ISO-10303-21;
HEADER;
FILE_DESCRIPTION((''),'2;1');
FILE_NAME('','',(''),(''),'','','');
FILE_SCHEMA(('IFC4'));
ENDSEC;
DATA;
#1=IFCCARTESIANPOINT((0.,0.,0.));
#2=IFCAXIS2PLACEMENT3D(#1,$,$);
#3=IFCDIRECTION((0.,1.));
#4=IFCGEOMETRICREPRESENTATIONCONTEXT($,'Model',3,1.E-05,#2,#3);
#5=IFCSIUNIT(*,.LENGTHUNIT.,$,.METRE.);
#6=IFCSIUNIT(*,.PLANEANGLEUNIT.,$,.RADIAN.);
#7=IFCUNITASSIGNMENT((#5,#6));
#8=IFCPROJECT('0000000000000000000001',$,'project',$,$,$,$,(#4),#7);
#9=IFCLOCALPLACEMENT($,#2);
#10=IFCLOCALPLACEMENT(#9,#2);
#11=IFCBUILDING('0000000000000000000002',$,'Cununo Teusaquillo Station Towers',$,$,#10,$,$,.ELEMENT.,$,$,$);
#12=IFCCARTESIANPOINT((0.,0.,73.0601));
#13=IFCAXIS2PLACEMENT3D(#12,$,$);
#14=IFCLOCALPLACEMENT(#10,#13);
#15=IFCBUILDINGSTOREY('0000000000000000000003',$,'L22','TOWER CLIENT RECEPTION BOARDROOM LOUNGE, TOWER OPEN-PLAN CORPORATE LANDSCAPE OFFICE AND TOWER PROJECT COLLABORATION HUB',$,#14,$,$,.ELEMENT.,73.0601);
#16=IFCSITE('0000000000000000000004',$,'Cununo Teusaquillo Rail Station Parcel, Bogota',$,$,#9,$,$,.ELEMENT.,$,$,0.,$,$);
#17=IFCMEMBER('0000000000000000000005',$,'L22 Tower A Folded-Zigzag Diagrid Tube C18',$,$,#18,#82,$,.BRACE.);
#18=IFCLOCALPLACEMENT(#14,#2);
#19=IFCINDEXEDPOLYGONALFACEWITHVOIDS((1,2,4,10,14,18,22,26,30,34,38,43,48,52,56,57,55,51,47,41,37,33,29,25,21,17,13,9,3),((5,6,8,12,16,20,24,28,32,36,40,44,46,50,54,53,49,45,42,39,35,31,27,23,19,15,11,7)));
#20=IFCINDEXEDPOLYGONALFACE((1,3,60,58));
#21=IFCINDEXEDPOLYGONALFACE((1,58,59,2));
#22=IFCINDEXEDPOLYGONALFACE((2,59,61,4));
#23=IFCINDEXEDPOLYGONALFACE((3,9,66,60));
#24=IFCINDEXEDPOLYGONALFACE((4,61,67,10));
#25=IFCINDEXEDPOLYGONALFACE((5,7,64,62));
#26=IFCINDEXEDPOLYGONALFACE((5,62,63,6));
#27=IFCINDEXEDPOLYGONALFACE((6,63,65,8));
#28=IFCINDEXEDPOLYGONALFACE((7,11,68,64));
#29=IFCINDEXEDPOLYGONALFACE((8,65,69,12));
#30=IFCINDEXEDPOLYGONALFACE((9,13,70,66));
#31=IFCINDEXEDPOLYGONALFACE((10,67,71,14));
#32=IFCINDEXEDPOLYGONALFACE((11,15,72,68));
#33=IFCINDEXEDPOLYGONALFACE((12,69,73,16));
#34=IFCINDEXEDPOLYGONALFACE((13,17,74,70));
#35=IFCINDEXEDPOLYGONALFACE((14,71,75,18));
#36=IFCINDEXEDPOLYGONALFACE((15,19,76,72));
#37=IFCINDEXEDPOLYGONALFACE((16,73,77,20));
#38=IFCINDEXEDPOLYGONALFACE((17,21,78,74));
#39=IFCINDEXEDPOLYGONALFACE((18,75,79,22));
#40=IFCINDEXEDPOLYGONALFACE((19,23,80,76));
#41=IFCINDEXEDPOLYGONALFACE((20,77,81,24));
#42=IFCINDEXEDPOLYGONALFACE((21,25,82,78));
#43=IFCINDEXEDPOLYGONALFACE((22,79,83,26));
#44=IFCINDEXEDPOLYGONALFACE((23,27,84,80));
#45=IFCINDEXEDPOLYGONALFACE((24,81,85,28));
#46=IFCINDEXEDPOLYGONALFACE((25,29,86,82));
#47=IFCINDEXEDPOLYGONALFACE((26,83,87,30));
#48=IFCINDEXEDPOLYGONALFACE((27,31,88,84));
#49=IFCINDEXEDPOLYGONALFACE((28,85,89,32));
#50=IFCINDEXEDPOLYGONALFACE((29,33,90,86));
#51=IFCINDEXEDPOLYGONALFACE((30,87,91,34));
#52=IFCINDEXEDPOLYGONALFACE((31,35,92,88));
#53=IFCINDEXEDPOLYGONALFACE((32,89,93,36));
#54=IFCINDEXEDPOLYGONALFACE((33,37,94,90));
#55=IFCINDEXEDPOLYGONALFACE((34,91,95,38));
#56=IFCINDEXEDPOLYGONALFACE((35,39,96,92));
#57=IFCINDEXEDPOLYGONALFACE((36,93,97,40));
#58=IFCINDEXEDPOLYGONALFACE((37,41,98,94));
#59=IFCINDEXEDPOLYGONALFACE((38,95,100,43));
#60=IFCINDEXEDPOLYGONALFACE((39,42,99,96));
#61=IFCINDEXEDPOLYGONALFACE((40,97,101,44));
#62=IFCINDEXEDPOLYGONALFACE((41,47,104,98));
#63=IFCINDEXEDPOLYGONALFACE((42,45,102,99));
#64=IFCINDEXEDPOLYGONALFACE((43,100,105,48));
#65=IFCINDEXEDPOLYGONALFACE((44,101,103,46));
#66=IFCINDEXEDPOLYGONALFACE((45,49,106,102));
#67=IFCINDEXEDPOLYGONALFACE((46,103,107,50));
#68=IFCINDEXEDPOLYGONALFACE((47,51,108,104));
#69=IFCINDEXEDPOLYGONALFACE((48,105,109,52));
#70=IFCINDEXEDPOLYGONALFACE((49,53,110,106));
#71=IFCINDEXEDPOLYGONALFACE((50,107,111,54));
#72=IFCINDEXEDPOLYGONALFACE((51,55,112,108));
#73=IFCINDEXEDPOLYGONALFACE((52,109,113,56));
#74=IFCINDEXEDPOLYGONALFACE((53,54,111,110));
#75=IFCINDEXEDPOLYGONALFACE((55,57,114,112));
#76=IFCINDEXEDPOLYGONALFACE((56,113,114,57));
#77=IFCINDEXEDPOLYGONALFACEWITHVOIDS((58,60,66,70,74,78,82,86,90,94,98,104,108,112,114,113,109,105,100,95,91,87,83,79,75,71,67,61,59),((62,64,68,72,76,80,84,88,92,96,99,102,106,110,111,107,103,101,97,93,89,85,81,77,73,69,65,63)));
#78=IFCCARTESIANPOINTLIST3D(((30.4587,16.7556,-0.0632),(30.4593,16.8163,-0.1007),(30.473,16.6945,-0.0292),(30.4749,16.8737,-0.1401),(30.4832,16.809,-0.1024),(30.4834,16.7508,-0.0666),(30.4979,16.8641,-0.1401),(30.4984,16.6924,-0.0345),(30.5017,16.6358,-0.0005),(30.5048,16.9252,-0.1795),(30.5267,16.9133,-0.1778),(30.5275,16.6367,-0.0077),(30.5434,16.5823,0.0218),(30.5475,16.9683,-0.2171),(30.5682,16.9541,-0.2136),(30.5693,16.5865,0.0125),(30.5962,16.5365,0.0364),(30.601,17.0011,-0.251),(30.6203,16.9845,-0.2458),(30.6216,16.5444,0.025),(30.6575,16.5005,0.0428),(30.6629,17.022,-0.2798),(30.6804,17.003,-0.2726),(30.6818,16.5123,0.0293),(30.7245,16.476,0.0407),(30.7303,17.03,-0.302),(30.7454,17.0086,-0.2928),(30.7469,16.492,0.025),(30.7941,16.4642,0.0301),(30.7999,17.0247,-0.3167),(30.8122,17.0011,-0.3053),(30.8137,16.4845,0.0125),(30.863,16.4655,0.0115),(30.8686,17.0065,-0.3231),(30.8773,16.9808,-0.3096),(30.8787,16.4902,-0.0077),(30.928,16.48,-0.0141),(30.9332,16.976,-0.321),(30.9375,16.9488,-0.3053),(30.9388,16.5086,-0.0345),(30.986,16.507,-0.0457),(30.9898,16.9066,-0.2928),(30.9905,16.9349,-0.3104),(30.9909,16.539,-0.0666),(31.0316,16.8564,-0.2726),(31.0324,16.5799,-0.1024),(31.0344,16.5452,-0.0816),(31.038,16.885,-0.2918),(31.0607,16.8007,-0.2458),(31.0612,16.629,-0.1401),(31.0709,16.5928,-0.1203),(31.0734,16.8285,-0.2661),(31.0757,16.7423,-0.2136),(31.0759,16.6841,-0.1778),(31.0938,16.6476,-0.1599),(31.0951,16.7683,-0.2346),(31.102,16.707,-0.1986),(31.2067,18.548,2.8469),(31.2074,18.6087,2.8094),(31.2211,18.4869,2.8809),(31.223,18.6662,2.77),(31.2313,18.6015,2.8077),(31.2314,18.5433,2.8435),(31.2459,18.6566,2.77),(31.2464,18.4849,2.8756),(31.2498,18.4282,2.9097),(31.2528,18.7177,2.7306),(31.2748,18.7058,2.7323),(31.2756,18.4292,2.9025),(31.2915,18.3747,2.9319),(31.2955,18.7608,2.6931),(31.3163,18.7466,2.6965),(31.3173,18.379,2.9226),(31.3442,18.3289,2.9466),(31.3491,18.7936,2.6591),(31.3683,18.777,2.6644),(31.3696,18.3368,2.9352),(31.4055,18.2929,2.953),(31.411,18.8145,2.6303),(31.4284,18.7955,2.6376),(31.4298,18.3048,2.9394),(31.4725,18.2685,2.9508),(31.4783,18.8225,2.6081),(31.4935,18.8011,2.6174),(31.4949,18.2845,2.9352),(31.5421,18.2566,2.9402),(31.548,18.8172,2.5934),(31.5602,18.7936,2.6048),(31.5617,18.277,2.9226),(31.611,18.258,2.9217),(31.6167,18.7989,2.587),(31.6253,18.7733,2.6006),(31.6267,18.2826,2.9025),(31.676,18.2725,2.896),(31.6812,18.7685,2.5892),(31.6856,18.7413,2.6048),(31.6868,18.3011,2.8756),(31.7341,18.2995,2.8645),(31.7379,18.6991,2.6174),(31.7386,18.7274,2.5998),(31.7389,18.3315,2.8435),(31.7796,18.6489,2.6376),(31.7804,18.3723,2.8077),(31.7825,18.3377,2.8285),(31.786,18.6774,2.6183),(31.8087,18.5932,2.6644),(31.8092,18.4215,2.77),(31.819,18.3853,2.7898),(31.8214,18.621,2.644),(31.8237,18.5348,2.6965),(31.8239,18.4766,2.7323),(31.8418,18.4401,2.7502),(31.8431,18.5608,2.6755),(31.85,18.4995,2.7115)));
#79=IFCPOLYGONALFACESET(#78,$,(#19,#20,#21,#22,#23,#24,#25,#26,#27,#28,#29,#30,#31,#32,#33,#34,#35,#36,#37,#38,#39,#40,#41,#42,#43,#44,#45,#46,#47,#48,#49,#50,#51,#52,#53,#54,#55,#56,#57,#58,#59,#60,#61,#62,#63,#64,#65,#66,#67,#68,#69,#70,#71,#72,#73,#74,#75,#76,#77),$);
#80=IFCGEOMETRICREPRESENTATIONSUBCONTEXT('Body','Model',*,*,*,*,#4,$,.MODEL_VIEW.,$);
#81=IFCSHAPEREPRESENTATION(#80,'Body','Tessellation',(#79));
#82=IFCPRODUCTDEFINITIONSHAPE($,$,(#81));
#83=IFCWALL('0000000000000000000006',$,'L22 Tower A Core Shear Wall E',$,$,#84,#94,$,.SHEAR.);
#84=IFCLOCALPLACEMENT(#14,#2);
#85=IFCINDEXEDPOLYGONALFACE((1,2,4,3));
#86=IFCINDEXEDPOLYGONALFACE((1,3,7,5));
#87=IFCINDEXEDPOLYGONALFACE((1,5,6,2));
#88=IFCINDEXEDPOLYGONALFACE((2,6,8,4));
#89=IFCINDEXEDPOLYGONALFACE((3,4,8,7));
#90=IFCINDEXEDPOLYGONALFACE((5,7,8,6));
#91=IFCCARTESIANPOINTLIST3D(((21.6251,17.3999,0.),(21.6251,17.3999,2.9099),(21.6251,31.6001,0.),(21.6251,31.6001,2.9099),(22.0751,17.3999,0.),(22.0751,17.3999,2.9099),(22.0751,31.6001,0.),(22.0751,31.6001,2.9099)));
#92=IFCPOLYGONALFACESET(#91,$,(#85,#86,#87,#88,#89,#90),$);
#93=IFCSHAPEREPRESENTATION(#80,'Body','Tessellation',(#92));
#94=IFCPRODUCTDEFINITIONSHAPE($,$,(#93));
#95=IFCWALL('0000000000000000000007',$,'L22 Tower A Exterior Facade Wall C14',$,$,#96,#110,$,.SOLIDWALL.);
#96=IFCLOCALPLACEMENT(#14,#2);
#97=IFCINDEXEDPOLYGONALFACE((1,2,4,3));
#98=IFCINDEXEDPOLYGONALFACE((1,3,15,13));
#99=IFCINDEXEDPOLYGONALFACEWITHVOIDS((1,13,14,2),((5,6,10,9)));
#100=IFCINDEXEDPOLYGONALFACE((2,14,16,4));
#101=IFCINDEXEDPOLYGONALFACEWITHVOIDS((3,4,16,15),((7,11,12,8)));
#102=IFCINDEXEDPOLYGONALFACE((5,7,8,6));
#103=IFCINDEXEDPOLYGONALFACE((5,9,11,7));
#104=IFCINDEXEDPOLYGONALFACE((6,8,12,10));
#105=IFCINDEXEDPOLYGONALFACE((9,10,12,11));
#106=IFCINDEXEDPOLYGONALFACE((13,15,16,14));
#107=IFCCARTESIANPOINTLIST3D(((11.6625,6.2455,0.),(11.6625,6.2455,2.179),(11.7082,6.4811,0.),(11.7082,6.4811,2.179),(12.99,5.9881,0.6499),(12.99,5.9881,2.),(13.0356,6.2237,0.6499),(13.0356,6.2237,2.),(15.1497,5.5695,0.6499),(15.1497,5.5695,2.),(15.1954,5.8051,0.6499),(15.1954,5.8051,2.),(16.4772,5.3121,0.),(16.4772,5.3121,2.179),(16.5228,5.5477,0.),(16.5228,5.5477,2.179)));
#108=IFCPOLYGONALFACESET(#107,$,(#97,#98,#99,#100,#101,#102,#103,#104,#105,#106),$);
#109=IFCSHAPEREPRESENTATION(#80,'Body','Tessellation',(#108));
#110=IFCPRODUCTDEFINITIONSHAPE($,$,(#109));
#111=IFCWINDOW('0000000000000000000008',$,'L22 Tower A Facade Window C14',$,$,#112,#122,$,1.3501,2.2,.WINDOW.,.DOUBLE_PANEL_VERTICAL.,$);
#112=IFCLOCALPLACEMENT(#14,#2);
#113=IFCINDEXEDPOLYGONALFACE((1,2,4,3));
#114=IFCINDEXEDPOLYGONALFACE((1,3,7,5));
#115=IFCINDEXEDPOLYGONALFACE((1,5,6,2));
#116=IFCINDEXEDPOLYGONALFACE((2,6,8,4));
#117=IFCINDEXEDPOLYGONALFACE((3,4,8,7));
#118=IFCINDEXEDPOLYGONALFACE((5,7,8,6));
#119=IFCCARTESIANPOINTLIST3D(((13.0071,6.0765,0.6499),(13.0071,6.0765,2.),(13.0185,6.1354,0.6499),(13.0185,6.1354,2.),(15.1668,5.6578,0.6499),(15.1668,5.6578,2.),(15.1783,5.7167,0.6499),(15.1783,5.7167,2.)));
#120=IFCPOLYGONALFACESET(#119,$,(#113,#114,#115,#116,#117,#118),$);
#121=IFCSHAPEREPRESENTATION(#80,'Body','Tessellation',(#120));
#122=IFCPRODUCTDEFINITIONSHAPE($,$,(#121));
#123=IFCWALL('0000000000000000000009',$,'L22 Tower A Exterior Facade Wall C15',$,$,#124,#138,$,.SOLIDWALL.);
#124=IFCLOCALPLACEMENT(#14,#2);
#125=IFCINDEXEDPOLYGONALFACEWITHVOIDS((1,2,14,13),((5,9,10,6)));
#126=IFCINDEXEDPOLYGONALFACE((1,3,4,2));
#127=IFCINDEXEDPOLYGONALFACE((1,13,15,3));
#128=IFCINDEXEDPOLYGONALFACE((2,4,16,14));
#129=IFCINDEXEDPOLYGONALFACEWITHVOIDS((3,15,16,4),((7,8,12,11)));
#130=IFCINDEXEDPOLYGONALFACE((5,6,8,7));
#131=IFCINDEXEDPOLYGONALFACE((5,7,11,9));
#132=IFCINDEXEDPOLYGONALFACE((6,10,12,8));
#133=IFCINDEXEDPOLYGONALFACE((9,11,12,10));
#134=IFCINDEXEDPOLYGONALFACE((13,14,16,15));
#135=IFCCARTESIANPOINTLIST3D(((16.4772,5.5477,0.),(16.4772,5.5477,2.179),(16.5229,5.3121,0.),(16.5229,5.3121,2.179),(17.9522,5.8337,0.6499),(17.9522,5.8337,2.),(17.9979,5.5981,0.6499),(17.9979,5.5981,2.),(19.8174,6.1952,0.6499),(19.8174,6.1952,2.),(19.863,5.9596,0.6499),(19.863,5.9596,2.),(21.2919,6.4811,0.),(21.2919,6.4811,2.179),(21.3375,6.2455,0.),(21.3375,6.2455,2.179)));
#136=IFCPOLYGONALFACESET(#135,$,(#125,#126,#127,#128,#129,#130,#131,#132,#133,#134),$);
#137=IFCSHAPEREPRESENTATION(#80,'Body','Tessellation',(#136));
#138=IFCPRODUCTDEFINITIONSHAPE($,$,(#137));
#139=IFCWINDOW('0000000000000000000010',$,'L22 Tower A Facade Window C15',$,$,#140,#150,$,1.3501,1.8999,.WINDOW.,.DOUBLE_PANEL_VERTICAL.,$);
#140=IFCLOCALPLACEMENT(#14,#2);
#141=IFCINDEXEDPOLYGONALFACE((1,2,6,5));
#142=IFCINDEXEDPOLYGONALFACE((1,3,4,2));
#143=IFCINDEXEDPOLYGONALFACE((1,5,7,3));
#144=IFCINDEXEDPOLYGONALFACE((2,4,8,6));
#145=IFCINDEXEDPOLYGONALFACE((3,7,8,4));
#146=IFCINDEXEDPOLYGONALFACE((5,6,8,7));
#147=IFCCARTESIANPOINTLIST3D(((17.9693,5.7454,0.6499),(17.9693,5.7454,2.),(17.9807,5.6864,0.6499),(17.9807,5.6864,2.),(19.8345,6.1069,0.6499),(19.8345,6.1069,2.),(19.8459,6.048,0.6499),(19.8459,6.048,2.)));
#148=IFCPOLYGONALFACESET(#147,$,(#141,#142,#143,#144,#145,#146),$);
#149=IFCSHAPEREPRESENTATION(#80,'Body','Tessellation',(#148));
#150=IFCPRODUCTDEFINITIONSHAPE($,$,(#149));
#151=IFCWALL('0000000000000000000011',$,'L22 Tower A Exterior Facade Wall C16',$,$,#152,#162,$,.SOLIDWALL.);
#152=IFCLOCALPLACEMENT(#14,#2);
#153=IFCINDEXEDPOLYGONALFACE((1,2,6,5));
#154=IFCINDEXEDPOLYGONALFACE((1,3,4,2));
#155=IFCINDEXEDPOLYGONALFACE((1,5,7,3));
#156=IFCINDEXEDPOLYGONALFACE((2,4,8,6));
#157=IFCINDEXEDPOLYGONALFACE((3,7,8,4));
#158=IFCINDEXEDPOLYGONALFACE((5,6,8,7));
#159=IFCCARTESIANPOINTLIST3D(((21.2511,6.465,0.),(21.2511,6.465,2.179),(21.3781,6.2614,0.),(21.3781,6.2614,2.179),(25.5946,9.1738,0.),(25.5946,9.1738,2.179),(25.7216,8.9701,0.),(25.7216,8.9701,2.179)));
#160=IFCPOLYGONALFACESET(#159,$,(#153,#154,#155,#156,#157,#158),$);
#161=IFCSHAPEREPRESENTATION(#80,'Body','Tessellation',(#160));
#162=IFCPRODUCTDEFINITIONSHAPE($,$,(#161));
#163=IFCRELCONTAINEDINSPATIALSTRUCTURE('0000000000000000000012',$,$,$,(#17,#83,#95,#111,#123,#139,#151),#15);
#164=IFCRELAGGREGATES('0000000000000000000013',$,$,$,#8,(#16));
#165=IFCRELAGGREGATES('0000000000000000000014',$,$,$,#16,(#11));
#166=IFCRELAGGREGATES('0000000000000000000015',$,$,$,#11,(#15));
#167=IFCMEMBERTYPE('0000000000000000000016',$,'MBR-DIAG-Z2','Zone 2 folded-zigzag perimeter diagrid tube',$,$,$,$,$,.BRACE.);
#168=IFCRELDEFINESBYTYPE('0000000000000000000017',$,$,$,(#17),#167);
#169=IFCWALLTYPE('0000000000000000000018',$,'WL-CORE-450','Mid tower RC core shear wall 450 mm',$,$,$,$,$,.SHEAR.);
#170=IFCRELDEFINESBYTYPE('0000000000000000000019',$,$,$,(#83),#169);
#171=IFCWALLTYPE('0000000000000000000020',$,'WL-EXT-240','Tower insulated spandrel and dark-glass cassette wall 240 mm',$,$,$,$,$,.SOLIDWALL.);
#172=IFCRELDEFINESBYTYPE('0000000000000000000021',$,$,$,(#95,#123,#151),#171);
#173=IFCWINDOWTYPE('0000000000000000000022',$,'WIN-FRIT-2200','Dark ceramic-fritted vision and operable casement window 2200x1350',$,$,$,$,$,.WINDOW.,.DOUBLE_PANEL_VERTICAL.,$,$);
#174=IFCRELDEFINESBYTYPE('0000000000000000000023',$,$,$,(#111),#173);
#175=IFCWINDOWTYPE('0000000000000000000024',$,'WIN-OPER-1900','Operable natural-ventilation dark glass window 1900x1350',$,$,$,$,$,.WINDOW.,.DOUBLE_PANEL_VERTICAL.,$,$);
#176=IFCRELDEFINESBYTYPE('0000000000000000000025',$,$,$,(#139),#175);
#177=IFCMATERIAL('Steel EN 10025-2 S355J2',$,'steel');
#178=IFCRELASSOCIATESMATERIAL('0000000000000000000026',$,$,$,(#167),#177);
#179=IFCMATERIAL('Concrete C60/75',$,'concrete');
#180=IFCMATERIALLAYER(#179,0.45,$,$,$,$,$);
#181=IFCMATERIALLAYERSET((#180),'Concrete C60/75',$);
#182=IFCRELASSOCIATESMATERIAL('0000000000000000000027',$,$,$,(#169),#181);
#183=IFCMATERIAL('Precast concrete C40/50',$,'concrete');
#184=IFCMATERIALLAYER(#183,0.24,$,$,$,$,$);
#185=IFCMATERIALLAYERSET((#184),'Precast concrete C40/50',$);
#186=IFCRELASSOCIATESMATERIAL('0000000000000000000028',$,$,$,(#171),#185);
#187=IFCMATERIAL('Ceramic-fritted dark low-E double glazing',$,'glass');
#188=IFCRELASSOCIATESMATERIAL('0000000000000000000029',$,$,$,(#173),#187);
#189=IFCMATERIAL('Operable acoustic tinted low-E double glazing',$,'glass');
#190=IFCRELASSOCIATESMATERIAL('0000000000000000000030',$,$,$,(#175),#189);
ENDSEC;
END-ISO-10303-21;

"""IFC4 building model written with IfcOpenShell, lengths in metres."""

from ifc_helpers import new_model, si_unit, direction, frame, frame_2d, origin, origin_2d, place, context, subcontext, project, spatial, rectangle, hollow_circle, extrude, source, transform, mapped, material, layer, layer_set, material_profile, profile_set, type_object, element, fill, save


model = new_model("IFC4")

# Units and contexts
model_context = context("Model", 3, precision=1e-05, world=origin(), true_north=direction((0.0, 1.0)))
body_context = subcontext(model_context, "Body", "Model", "MODEL_VIEW")
ifc_project = project(units=[si_unit("LENGTHUNIT", "METRE"), si_unit("PLANEANGLEUNIT", "RADIAN")], contexts=[model_context])

# Site, building, storey
site_placement = place(None, origin())
site = spatial("IfcSite", under=ifc_project, at=site_placement, Name="Cununo Teusaquillo Rail Station Parcel, Bogota", CompositionType="ELEMENT", RefElevation=0.0)
building_placement = place(site_placement, origin())
building = spatial("IfcBuilding", under=site, at=building_placement, Name="Cununo Teusaquillo Station Towers", CompositionType="ELEMENT")
storey_placement = place(building_placement, frame((0.0, 0.0, 73.0601)))
storey = spatial("IfcBuildingStorey", under=building, at=storey_placement, Name="L22", Description="TOWER CLIENT RECEPTION BOARDROOM LOUNGE, TOWER OPEN-PLAN CORPORATE LANDSCAPE OFFICE AND TOWER PROJECT COLLABORATION HUB", CompositionType="ELEMENT", Elevation=73.0601)

# Member
ifc_material_1 = material(Name="Steel EN 10025-2 S355J2", Category="steel")
ifc_material_profile_1 = material_profile(ifc_material_1, hollow_circle(Radius=0.3301, WallThickness=0.0249, at=origin_2d()), Name="CHS 660x25")
ifc_profile_set_1 = profile_set([ifc_material_profile_1], Name="Steel EN 10025-2 S355J2")
member_type = type_object("IfcMemberType", Name="MBR-DIAG-Z2", Description="Zone 2 folded-zigzag perimeter diagrid tube", PredefinedType="BRACE", material=ifc_profile_set_1)
member_1_placement = place(storey_placement, frame((30.7795, 16.7466, -0.1401), z_axis=(0.213801, 0.512314, 0.831759), x_axis=(-0.922861, 0.385133, 0.0)))
element("IfcMember", 1, at=member_1_placement, inside=storey, type_object=member_type, Name="L22 Tower A Folded-Zigzag Diagrid Tube C18", PredefinedType="BRACE", context=body_context, shape_type="SweptSolid", body=[
    extrude(hollow_circle(Radius=0.3301, WallThickness=0.0249, at=origin_2d()), origin(), (0.0, 0.0, 1.0), 3.4988),
])

# Wall
ifc_material_2 = material(Name="Concrete C60/75", Category="concrete")
ifc_layer_1 = layer(ifc_material_2, 0.45)
ifc_layer_set_1 = layer_set([ifc_layer_1], Name="Concrete C60/75")
wall_type_1 = type_object("IfcWallType", Name="WL-CORE-450", Description="Mid tower RC core shear wall 450 mm", PredefinedType="SHEAR", material=ifc_layer_set_1)
wall_1_placement = place(storey_placement, frame((21.8501, 17.3999, 0.0), z_axis=(0.0, 0.0, 1.0), x_axis=(0.0, 1.0, 0.0)))
element("IfcWall", 2, at=wall_1_placement, inside=storey, type_object=wall_type_1, Name="L22 Tower A Core Shear Wall E", PredefinedType="SHEAR", context=body_context, shape_type="SweptSolid", body=[
    extrude(rectangle(XDim=14.2002, YDim=0.45, at=frame_2d((7.1001, 0.0))), origin(), (0.0, 0.0, 1.0), 2.9099),
])

# Walls, openings, windows
ifc_material_3 = material(Name="Precast concrete C40/50", Category="concrete")
ifc_layer_2 = layer(ifc_material_3, 0.24)
ifc_layer_set_2 = layer_set([ifc_layer_2], Name="Precast concrete C40/50")
wall_type_2 = type_object("IfcWallType", Name="WL-EXT-240", Description="Tower insulated spandrel and dark-glass cassette wall 240 mm", PredefinedType="SOLIDWALL", material=ifc_layer_set_2)
wall_2_placement = place(storey_placement, frame((16.5, 5.4299, 0.0), z_axis=(0.0, 0.0, 1.0), x_axis=(-0.981724, 0.190311, 0.0)))
wall_2 = element("IfcWall", 3, at=wall_2_placement, inside=storey, type_object=wall_type_2, Name="L22 Tower A Exterior Facade Wall C14", PredefinedType="SOLIDWALL", context=body_context, shape_type="SweptSolid", body=[
    extrude(rectangle(XDim=4.9043, YDim=0.24, at=frame_2d((2.4521, 0.0))), origin(), (0.0, 0.0, 1.0), 2.179),
])
shared_shape_1 = source(origin(), body_context, "Body", "SweptSolid", [
    extrude(rectangle(XDim=2.2, YDim=1.3501, at=frame_2d((1.1001, 0.675))), frame((0.0, 0.1299, 0.0), z_axis=(0.0, -1.0, 0.0), x_axis=(1.0, 0.0, 0.0)), (0.0, 0.0, 1.0), 0.26),
])
opening_1_placement = place(wall_2_placement, frame((1.3521, 0.0, 0.6499)))
opening_1 = element("IfcOpeningElement", 4, at=opening_1_placement, cuts=wall_2, PredefinedType="OPENING", context=body_context, shape_type="MappedRepresentation", body=[
    mapped(shared_shape_1, transform((0.0, 0.0, 0.0), x_axis=(1.0, 0.0, 0.0), y_axis=(0.0, 1.0, 0.0), z_axis=(0.0, 0.0, 1.0), scale=1.0)),
])
ifc_material_4 = material(Name="Ceramic-fritted dark low-E double glazing", Category="glass")
window_type_1 = type_object("IfcWindowType", Name="WIN-FRIT-2200", Description="Dark ceramic-fritted vision and operable casement window 2200x1350", PartitioningType="DOUBLE_PANEL_VERTICAL", PredefinedType="WINDOW", material=ifc_material_4)
shared_shape_2 = source(origin(), body_context, "Body", "SweptSolid", [
    extrude(rectangle(XDim=2.2, YDim=1.3501, at=frame_2d((1.1001, 0.675))), frame((0.0, 0.03, 0.0), z_axis=(0.0, -1.0, 0.0), x_axis=(1.0, 0.0, 0.0)), (0.0, 0.0, 1.0), 0.0601),
])
window_1_placement = place(opening_1_placement, origin())
window_1 = element("IfcWindow", 5, at=window_1_placement, inside=storey, type_object=window_type_1, Name="L22 Tower A Facade Window C14", OverallHeight=1.3501, OverallWidth=2.2, PartitioningType="DOUBLE_PANEL_VERTICAL", PredefinedType="WINDOW", context=body_context, shape_type="MappedRepresentation", body=[
    mapped(shared_shape_2, transform((0.0, 0.0, 0.0), x_axis=(1.0, 0.0, 0.0), y_axis=(0.0, 1.0, 0.0), z_axis=(0.0, 0.0, 1.0), scale=1.0)),
])
fill(opening_1, window_1)
wall_3_placement = place(storey_placement, frame((21.3147, 6.3633, 0.0), z_axis=(0.0, 0.0, 1.0), x_axis=(-0.981724, -0.190311, 0.0)))
wall_3 = element("IfcWall", 6, at=wall_3_placement, inside=storey, type_object=wall_type_2, Name="L22 Tower A Exterior Facade Wall C15", PredefinedType="SOLIDWALL", context=body_context, shape_type="SweptSolid", body=[
    extrude(rectangle(XDim=4.9043, YDim=0.24, at=frame_2d((2.4521, 0.0))), origin(), (0.0, 0.0, 1.0), 2.179),
])
shared_shape_3 = source(origin(), body_context, "Body", "SweptSolid", [
    extrude(rectangle(XDim=1.8999, YDim=1.3501, at=frame_2d((0.95, 0.675))), frame((0.0, 0.1299, 0.0), z_axis=(0.0, -1.0, 0.0), x_axis=(1.0, 0.0, 0.0)), (0.0, 0.0, 1.0), 0.26),
])
opening_2_placement = place(wall_3_placement, frame((1.502, 0.0, 0.6499)))
opening_2 = element("IfcOpeningElement", 7, at=opening_2_placement, cuts=wall_3, PredefinedType="OPENING", context=body_context, shape_type="MappedRepresentation", body=[
    mapped(shared_shape_3, transform((0.0, 0.0, 0.0), x_axis=(1.0, 0.0, 0.0), y_axis=(0.0, 1.0, 0.0), z_axis=(0.0, 0.0, 1.0), scale=1.0)),
])
ifc_material_5 = material(Name="Operable acoustic tinted low-E double glazing", Category="glass")
window_type_2 = type_object("IfcWindowType", Name="WIN-OPER-1900", Description="Operable natural-ventilation dark glass window 1900x1350", PartitioningType="DOUBLE_PANEL_VERTICAL", PredefinedType="WINDOW", material=ifc_material_5)
shared_shape_4 = source(origin(), body_context, "Body", "SweptSolid", [
    extrude(rectangle(XDim=1.8999, YDim=1.3501, at=frame_2d((0.95, 0.675))), frame((0.0, 0.03, 0.0), z_axis=(0.0, -1.0, 0.0), x_axis=(1.0, 0.0, 0.0)), (0.0, 0.0, 1.0), 0.0601),
])
window_2_placement = place(opening_2_placement, origin())
window_2 = element("IfcWindow", 8, at=window_2_placement, inside=storey, type_object=window_type_2, Name="L22 Tower A Facade Window C15", OverallHeight=1.3501, OverallWidth=1.8999, PartitioningType="DOUBLE_PANEL_VERTICAL", PredefinedType="WINDOW", context=body_context, shape_type="MappedRepresentation", body=[
    mapped(shared_shape_4, transform((0.0, 0.0, 0.0), x_axis=(1.0, 0.0, 0.0), y_axis=(0.0, 1.0, 0.0), z_axis=(0.0, 0.0, 1.0), scale=1.0)),
])
fill(opening_2, window_2)

# Wall
wall_4_placement = place(storey_placement, frame((25.6582, 9.072, 0.0), z_axis=(0.0, 0.0, 1.0), x_axis=(-0.84852, -0.529163, 0.0)))
element("IfcWall", 9, at=wall_4_placement, inside=storey, type_object=wall_type_2, Name="L22 Tower A Exterior Facade Wall C16", PredefinedType="SOLIDWALL", context=body_context, shape_type="SweptSolid", body=[
    extrude(rectangle(XDim=5.1189, YDim=0.24, at=frame_2d((2.5596, 0.0))), origin(), (0.0, 0.0, 1.0), 2.179),
])

save(model, "model.ifc")
